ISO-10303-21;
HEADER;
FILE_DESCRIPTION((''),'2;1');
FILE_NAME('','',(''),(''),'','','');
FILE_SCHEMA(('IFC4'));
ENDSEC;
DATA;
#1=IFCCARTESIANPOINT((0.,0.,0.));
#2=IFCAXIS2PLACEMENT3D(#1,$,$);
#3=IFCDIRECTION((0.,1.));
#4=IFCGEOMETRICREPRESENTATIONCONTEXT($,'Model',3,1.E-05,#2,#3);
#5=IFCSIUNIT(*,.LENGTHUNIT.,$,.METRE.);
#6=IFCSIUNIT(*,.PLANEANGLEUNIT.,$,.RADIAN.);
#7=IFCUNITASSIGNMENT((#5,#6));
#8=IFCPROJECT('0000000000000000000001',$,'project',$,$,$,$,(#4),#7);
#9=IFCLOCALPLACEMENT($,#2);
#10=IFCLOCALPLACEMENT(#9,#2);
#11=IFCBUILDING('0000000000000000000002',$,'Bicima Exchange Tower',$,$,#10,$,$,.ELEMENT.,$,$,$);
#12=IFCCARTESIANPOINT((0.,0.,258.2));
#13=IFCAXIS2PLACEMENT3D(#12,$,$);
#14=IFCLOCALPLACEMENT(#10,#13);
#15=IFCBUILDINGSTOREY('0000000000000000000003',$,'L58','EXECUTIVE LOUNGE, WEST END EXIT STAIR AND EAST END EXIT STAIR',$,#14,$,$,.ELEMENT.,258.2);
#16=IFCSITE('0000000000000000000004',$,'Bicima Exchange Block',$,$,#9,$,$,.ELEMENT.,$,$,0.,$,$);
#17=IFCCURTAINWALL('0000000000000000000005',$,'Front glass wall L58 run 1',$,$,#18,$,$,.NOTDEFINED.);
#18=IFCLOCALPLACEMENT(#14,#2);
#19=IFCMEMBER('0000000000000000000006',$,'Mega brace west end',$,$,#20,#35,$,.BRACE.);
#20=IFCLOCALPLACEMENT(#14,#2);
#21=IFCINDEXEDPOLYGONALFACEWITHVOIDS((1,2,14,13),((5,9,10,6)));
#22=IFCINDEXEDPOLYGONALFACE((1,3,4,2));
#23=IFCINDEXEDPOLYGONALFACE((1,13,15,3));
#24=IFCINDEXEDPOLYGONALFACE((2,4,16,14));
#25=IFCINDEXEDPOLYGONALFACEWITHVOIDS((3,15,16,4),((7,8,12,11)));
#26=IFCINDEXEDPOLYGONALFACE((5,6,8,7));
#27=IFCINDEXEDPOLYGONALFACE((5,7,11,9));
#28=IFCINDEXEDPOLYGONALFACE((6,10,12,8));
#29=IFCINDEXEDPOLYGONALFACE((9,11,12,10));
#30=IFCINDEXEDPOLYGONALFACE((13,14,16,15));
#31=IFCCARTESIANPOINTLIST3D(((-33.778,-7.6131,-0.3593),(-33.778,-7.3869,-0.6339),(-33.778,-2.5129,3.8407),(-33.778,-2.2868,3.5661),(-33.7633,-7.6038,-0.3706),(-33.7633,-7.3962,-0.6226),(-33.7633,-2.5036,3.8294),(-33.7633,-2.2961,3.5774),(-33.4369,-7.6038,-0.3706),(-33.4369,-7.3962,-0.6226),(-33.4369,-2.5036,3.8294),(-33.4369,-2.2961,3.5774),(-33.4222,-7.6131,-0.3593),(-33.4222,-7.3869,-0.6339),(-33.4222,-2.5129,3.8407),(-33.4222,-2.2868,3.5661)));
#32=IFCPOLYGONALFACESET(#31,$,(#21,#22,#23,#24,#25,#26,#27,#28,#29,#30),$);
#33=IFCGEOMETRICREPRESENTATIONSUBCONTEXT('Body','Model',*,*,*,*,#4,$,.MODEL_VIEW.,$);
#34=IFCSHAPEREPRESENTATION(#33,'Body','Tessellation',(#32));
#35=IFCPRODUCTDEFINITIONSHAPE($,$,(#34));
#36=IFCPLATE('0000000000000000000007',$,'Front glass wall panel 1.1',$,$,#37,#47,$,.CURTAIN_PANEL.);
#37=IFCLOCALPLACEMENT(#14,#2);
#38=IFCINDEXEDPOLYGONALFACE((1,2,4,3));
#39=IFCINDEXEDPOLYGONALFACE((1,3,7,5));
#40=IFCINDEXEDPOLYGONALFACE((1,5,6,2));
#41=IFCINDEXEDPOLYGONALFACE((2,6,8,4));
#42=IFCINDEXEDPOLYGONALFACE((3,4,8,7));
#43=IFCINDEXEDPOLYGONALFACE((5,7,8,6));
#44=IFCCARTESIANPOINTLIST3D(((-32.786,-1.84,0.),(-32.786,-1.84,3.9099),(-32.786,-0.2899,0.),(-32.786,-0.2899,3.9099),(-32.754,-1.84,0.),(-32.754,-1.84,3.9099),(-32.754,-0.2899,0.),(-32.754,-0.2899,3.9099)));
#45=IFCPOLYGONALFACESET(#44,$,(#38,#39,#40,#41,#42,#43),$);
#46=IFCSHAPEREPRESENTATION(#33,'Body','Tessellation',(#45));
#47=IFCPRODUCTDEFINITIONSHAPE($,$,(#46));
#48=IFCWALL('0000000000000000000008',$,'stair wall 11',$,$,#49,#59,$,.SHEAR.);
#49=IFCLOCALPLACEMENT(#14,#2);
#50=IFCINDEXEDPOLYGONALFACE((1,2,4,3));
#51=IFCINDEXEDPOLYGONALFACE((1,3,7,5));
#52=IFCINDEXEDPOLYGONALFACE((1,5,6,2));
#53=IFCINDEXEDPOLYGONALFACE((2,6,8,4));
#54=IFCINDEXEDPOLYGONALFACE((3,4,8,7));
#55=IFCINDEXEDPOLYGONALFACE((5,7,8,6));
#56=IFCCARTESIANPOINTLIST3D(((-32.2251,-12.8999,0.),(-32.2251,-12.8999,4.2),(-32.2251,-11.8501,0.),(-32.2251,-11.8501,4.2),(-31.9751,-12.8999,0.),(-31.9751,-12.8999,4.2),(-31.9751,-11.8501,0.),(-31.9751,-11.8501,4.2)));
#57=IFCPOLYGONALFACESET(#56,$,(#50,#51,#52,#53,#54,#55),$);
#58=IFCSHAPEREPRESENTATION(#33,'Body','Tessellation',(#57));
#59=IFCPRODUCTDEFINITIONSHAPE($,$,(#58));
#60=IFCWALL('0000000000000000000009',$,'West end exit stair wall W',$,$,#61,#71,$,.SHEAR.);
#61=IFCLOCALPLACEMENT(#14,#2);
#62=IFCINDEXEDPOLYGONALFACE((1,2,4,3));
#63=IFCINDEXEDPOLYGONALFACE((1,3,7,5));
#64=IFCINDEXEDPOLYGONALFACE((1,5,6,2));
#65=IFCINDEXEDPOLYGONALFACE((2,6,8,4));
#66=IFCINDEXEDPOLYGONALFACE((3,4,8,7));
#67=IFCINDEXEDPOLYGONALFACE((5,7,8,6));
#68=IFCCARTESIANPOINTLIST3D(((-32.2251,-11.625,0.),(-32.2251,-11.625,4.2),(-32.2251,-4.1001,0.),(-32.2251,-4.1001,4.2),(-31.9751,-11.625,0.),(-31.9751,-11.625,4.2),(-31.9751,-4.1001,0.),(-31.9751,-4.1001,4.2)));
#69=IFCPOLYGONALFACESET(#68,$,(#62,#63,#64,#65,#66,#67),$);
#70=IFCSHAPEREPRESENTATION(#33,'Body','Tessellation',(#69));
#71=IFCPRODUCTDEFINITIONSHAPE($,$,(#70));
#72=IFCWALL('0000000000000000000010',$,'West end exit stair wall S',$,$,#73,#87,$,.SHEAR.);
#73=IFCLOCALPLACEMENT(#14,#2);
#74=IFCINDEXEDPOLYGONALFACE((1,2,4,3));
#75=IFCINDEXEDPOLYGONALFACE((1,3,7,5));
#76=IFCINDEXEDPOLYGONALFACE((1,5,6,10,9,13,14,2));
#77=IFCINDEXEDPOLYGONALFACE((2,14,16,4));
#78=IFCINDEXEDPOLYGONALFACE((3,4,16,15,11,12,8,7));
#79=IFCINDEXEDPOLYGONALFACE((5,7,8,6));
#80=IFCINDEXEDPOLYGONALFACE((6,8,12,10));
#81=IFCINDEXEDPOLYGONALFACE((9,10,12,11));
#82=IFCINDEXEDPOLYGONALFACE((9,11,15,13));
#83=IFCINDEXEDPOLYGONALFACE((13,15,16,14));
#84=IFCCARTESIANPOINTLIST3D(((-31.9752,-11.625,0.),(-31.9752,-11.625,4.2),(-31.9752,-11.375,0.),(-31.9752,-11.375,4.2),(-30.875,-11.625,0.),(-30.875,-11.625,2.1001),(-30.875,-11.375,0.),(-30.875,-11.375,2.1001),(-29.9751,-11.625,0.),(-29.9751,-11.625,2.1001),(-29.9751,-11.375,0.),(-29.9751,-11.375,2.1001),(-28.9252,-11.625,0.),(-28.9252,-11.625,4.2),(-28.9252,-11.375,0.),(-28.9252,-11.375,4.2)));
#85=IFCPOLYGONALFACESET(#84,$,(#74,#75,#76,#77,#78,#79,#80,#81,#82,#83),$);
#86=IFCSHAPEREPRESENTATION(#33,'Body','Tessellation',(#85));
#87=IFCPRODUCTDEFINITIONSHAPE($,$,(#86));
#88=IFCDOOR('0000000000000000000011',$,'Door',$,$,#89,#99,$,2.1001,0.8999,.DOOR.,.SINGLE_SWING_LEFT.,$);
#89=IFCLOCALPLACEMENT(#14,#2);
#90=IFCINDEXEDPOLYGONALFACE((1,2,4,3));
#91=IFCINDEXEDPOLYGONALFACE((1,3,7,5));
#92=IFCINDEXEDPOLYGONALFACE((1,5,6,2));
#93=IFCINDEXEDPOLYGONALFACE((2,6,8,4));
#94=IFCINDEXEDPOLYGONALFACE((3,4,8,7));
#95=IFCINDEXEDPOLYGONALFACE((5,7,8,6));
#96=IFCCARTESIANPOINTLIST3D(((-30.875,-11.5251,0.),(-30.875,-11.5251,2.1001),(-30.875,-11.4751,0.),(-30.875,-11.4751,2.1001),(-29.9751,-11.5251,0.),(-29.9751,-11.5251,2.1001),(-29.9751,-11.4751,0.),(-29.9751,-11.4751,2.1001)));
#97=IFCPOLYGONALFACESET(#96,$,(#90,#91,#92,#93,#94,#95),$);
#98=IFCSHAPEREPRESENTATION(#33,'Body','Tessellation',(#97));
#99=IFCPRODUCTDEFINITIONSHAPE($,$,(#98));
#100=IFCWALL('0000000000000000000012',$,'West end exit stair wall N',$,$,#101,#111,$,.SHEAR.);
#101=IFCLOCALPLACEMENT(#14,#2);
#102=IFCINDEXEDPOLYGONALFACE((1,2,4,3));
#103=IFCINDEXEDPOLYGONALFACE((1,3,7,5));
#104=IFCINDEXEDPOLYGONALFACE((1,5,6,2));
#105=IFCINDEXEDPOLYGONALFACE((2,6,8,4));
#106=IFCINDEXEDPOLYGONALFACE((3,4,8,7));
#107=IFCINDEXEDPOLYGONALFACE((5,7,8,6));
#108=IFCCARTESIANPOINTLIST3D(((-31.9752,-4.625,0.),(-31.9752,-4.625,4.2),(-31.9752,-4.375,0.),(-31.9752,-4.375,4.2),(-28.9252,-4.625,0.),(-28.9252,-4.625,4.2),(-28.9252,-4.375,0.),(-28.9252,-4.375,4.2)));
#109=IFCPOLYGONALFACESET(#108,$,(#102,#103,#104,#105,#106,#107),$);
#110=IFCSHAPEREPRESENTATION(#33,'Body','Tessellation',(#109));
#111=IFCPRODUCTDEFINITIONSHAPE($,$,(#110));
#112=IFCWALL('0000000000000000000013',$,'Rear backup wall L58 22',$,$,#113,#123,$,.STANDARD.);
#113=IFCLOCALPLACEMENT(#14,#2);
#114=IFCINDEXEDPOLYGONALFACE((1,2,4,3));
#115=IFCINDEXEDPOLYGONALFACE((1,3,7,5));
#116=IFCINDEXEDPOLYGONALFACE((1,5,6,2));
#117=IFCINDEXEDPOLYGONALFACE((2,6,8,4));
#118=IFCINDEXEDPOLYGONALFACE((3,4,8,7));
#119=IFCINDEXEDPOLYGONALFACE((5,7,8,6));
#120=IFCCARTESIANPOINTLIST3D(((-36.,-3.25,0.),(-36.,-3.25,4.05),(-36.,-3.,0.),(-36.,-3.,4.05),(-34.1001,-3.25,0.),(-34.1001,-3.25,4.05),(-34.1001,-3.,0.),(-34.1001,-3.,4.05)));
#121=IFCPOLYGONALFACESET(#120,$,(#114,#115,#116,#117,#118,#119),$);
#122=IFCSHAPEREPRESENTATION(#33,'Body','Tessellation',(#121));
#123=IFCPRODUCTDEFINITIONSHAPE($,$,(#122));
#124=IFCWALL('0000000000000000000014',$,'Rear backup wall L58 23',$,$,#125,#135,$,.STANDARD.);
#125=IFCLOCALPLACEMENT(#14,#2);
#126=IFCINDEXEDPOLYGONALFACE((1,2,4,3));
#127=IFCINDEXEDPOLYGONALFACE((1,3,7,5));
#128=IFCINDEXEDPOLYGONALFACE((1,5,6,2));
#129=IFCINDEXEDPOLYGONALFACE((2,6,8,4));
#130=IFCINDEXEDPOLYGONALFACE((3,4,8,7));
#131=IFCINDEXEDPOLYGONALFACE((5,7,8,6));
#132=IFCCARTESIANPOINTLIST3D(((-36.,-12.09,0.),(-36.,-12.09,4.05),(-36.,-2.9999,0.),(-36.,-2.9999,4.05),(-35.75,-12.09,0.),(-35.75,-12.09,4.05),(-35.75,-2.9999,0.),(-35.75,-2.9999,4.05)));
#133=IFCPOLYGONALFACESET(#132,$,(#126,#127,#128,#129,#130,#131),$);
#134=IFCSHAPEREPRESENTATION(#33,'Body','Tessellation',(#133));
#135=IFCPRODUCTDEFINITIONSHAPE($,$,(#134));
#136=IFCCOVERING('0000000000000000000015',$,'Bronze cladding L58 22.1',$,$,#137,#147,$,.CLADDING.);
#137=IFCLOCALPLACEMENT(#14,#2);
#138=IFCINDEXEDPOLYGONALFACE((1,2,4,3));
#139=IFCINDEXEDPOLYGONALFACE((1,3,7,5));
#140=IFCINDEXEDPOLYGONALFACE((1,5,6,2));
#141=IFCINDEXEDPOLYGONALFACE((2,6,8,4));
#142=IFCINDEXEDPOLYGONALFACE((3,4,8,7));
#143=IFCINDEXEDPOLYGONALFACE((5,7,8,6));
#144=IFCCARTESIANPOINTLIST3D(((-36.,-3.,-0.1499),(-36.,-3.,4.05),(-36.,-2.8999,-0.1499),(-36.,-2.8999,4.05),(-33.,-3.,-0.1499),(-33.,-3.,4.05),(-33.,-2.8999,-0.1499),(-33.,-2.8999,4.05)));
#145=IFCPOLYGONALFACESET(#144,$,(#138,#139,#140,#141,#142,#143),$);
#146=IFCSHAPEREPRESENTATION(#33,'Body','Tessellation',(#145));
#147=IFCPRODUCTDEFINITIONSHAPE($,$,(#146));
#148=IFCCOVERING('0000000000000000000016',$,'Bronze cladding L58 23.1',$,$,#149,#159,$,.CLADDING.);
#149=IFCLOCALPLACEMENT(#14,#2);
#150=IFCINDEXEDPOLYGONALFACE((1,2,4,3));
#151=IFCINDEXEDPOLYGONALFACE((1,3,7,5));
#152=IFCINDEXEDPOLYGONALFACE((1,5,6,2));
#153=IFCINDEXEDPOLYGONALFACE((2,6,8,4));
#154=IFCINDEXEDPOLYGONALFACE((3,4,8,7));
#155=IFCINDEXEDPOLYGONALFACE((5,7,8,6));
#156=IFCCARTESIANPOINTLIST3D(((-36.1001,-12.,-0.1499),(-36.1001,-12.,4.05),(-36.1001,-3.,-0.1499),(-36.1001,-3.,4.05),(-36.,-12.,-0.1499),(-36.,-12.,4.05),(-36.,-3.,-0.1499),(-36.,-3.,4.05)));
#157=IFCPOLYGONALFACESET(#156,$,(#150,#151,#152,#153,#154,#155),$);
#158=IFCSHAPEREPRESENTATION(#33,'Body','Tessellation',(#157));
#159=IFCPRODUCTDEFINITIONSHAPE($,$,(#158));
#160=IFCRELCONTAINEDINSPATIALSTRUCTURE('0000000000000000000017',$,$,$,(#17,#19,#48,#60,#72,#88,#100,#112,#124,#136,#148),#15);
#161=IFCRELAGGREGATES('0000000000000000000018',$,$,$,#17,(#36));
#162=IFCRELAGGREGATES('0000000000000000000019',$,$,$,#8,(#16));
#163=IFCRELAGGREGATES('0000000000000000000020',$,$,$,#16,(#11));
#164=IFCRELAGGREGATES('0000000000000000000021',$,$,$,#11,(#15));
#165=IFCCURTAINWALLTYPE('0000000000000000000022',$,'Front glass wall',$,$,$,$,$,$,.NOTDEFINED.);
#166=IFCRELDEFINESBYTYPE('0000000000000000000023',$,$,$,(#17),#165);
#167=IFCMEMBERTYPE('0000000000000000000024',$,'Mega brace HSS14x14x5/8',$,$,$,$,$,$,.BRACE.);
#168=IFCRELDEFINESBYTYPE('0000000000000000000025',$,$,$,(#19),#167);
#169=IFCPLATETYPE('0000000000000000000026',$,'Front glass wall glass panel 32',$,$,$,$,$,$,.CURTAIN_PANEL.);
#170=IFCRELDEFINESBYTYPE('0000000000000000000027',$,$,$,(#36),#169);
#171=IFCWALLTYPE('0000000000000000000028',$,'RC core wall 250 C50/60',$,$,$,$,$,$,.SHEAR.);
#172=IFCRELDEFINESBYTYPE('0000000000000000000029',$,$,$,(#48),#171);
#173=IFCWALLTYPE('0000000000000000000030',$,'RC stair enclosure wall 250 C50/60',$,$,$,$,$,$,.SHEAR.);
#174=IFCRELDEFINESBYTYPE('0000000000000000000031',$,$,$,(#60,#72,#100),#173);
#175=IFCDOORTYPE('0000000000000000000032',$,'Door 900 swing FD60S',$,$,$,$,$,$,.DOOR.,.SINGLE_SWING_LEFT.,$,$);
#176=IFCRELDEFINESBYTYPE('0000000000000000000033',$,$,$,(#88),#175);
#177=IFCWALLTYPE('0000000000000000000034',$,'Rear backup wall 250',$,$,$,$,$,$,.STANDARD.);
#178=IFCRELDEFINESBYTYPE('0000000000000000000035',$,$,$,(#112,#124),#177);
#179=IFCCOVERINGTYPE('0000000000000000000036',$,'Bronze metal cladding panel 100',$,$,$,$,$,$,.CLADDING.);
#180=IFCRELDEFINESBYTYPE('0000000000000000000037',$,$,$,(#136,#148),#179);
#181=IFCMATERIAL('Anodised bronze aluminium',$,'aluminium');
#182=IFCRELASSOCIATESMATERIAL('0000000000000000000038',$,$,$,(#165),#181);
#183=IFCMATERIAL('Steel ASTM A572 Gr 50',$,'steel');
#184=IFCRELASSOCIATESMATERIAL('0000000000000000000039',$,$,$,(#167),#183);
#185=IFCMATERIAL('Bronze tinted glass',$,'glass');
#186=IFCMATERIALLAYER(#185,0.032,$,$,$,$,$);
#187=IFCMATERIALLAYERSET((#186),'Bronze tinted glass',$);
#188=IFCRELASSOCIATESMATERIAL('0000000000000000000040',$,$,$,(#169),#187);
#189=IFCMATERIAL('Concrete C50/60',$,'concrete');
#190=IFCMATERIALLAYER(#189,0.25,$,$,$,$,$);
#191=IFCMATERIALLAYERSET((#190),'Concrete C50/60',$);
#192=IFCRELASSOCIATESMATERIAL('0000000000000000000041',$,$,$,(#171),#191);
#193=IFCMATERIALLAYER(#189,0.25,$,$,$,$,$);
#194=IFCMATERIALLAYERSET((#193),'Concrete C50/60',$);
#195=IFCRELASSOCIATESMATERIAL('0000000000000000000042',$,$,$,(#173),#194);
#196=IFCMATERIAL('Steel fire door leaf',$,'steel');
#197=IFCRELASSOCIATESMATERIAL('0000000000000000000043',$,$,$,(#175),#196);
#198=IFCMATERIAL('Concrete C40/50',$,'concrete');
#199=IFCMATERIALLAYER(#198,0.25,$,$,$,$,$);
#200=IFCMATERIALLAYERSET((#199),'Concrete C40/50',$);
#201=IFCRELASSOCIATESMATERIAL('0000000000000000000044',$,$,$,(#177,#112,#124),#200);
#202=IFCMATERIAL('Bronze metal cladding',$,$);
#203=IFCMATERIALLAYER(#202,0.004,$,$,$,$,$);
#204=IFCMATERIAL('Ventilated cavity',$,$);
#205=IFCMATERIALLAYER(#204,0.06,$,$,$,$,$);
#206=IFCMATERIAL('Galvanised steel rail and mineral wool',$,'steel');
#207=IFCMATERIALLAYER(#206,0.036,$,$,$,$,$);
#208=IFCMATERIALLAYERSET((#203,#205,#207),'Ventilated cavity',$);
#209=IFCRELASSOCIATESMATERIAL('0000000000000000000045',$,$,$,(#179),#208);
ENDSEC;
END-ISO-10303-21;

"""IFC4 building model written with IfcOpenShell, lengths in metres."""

from ifc_helpers import new_model, si_unit, direction, frame, frame_2d, origin, origin_2d, place, context, subcontext, project, spatial, rectangle, hollow_rectangle, extrude, material, layer, layer_set, layer_usage, material_profile, profile_set, type_object, element, fill, aggregate, save


model = new_model("IFC4")

# Units and contexts
model_context = context("Model", 3, precision=1e-05, world=origin(), true_north=direction((0.0, 1.0)))
body_context = subcontext(model_context, "Body", "Model", "MODEL_VIEW")
ifc_project = project(units=[si_unit("LENGTHUNIT", "METRE"), si_unit("PLANEANGLEUNIT", "RADIAN")], contexts=[model_context])

# Site, building, storey
site_placement = place(None, origin())
site = spatial("IfcSite", under=ifc_project, at=site_placement, Name="Bicima Exchange Block", CompositionType="ELEMENT", RefElevation=0.0)
building_placement = place(site_placement, origin())
building = spatial("IfcBuilding", under=site, at=building_placement, Name="Bicima Exchange Tower", CompositionType="ELEMENT")
storey_placement = place(building_placement, frame((0.0, 0.0, 258.2)))
storey = spatial("IfcBuildingStorey", under=building, at=storey_placement, Name="L58", Description="EXECUTIVE LOUNGE, WEST END EXIT STAIR AND EAST END EXIT STAIR", CompositionType="ELEMENT", Elevation=258.2)

# Shared definitions
ifc_material_1 = material(Name="Steel ASTM A572 Gr 50", Category="steel")

# Shared definitions
ifc_material_2 = material(Name="Anodised bronze aluminium", Category="aluminium")

# Curtain wall
curtain_wall_type_1 = type_object("IfcCurtainWallType", Name="Front glass wall", PredefinedType="NOTDEFINED", material=ifc_material_2)
curtain_wall_1_placement = place(storey_placement, origin())
curtain_wall_1 = element("IfcCurtainWall", 1, at=curtain_wall_1_placement, inside=storey, type_object=curtain_wall_type_1, Name="Front glass wall L58 run 1", PredefinedType="NOTDEFINED")

# Member
ifc_material_profile_1 = material_profile(ifc_material_1, hollow_rectangle(XDim=0.3557, YDim=0.3557, WallThickness=0.0146, at=origin_2d()))
ifc_profile_set_1 = profile_set([ifc_material_profile_1], Name="Steel ASTM A572 Gr 50")
member_type_1 = type_object("IfcMemberType", Name="Mega brace HSS14x14x5/8", PredefinedType="BRACE", material=ifc_profile_set_1)
for number, where, z_axis, x_axis, name in (
    (2, (-33.6001, -7.5, -0.4966), (0.0, 0.77194, 0.635696), (-1.0, 0.0, 0.0), "Mega brace west end"),
):
    element("IfcMember", number, at=place(storey_placement, frame(where, z_axis=z_axis, x_axis=x_axis)), inside=storey, type_object=member_type_1, Name=name, PredefinedType="BRACE", context=body_context, shape_type="SweptSolid", body=[
        extrude(hollow_rectangle(XDim=0.3557, YDim=0.3557, WallThickness=0.0146, at=origin_2d()), origin(), (0.0, 0.0, 1.0), 6.6069),
    ])

# Plate
ifc_material_3 = material(Name="Bronze tinted glass", Category="glass")
ifc_layer_1 = layer(ifc_material_3, 0.032)
ifc_layer_set_1 = layer_set([ifc_layer_1], Name="Bronze tinted glass")
plate_type = type_object("IfcPlateType", Name="Front glass wall glass panel 32", PredefinedType="CURTAIN_PANEL", material=ifc_layer_set_1)
plate_placement = place(storey_placement, frame((-32.77, -1.0649, 0.0), z_axis=(0.0, 0.0, 1.0), x_axis=(0.0, -1.0, 0.0)))
plate = element("IfcPlate", 3, at=plate_placement, type_object=plate_type, Name="Front glass wall panel 1.1", PredefinedType="CURTAIN_PANEL", context=body_context, shape_type="SweptSolid", body=[
    extrude(rectangle(XDim=1.55, YDim=0.032, at=origin_2d()), origin(), (0.0, 0.0, 1.0), 3.9099),
])
aggregate(curtain_wall_1, [plate])

# Walls
ifc_material_4 = material(Name="Concrete C50/60", Category="concrete")
ifc_layer_2 = layer(ifc_material_4, 0.25)
ifc_layer_set_2 = layer_set([ifc_layer_2], Name="Concrete C50/60")
wall_type_1 = type_object("IfcWallType", Name="RC core wall 250 C50/60", PredefinedType="SHEAR", material=ifc_layer_set_2)
wall_1_placement = place(storey_placement, frame((-32.1001, -12.8999, 0.0), z_axis=(0.0, 0.0, 1.0), x_axis=(0.0, 1.0, 0.0)))
element("IfcWall", 4, at=wall_1_placement, inside=storey, type_object=wall_type_1, Name="stair wall 11", PredefinedType="SHEAR", context=body_context, shape_type="SweptSolid", body=[
    extrude(rectangle(XDim=1.0498, YDim=0.25, at=frame_2d((0.5249, 0.0))), origin(), (0.0, 0.0, 1.0), 4.2),
])
ifc_layer_3 = layer(ifc_material_4, 0.25)
ifc_layer_set_3 = layer_set([ifc_layer_3], Name="Concrete C50/60")
wall_type_2 = type_object("IfcWallType", Name="RC stair enclosure wall 250 C50/60", PredefinedType="SHEAR", material=ifc_layer_set_3)
wall_2_placement = place(storey_placement, frame((-32.1001, -11.625, 0.0), z_axis=(0.0, 0.0, 1.0), x_axis=(0.0, 1.0, 0.0)))
element("IfcWall", 5, at=wall_2_placement, inside=storey, type_object=wall_type_2, Name="West end exit stair wall W", PredefinedType="SHEAR", context=body_context, shape_type="SweptSolid", body=[
    extrude(rectangle(XDim=7.5249, YDim=0.25, at=frame_2d((3.7625, 0.0))), origin(), (0.0, 0.0, 1.0), 4.2),
])

# Wall, opening, door
wall_3_placement = place(storey_placement, frame((-31.9751, -11.5, 0.0), z_axis=(0.0, 0.0, 1.0), x_axis=(1.0, 0.0, 0.0)))
wall_3 = element("IfcWall", 6, at=wall_3_placement, inside=storey, type_object=wall_type_2, Name="West end exit stair wall S", PredefinedType="SHEAR", context=body_context, shape_type="SweptSolid", body=[
    extrude(rectangle(XDim=3.05, YDim=0.25, at=frame_2d((1.5249, 0.0))), origin(), (0.0, 0.0, 1.0), 4.2),
])
opening_placement = place(wall_3_placement, frame((1.1001, 0.0, 0.0)))
opening = element("IfcOpeningElement", 7, at=opening_placement, cuts=wall_3, PredefinedType="OPENING", context=body_context, shape_type="SweptSolid", body=[
    extrude(rectangle(XDim=0.8999, YDim=2.1001, at=frame_2d((0.45, 1.05))), frame((0.0, 0.137, 0.0), z_axis=(0.0, -1.0, 0.0), x_axis=(1.0, 0.0, 0.0)), (0.0, 0.0, 1.0), 0.2739),
])
ifc_material_5 = material(Name="Steel fire door leaf", Category="steel")
door_type = type_object("IfcDoorType", Name="Door 900 swing FD60S", OperationType="SINGLE_SWING_LEFT", PredefinedType="DOOR", material=ifc_material_5)
door_placement = place(opening_placement, origin())
door = element("IfcDoor", 8, at=door_placement, inside=storey, type_object=door_type, Name="Door", OperationType="SINGLE_SWING_LEFT", OverallHeight=2.1001, OverallWidth=0.8999, PredefinedType="DOOR", context=body_context, shape_type="SweptSolid", body=[
    extrude(rectangle(XDim=0.8999, YDim=2.1001, at=frame_2d((0.45, 1.05))), frame((0.0, 0.0249, 0.0), z_axis=(0.0, -1.0, 0.0), x_axis=(1.0, 0.0, 0.0)), (0.0, 0.0, 1.0), 0.05),
])
fill(opening, door)

# Walls
wall_4_placement = place(storey_placement, frame((-31.9751, -4.5, 0.0), z_axis=(0.0, 0.0, 1.0), x_axis=(1.0, 0.0, 0.0)))
element("IfcWall", 9, at=wall_4_placement, inside=storey, type_object=wall_type_2, Name="West end exit stair wall N", PredefinedType="SHEAR", context=body_context, shape_type="SweptSolid", body=[
    extrude(rectangle(XDim=3.05, YDim=0.25, at=frame_2d((1.5249, 0.0))), origin(), (0.0, 0.0, 1.0), 4.2),
])
ifc_material_6 = material(Name="Concrete C40/50", Category="concrete")
ifc_layer_4 = layer(ifc_material_6, 0.25)
ifc_layer_set_4 = layer_set([ifc_layer_4], Name="Concrete C40/50")
ifc_layer_usage = layer_usage(ifc_layer_set_4, "AXIS2", "POSITIVE", -0.125)
wall_type_3 = type_object("IfcWallType", Name="Rear backup wall 250", PredefinedType="STANDARD", material=ifc_layer_set_4)
wall_5_placement = place(storey_placement, frame((-34.1001, -3.125, 0.0), z_axis=(0.0, 0.0, 1.0), x_axis=(-1.0, 0.0, 0.0)))
element("IfcWall", 10, at=wall_5_placement, inside=storey, type_object=wall_type_3, material=ifc_layer_usage, Name="Rear backup wall L58 22", PredefinedType="STANDARD", context=body_context, shape_type="SweptSolid", body=[
    extrude(rectangle(XDim=1.8999, YDim=0.25, at=frame_2d((0.95, 0.0))), origin(), (0.0, 0.0, 1.0), 4.05),
])
wall_6_placement = place(storey_placement, frame((-35.875, -3.0, 0.0), z_axis=(0.0, 0.0, 1.0), x_axis=(0.0, -1.0, 0.0)))
element("IfcWall", 11, at=wall_6_placement, inside=storey, type_object=wall_type_3, material=ifc_layer_usage, Name="Rear backup wall L58 23", PredefinedType="STANDARD", context=body_context, shape_type="SweptSolid", body=[
    extrude(rectangle(XDim=9.0901, YDim=0.25, at=frame_2d((4.5449, 0.0))), origin(), (0.0, 0.0, 1.0), 4.05),
])

# Coverings
ifc_material_7 = material(Name="Bronze metal cladding")
ifc_layer_5 = layer(ifc_material_7, 0.004)
ifc_material_8 = material(Name="Ventilated cavity")
ifc_layer_6 = layer(ifc_material_8, 0.06)
ifc_material_9 = material(Name="Galvanised steel rail and mineral wool", Category="steel")
ifc_layer_7 = layer(ifc_material_9, 0.036)
ifc_layer_set_5 = layer_set([ifc_layer_5, ifc_layer_6, ifc_layer_7], Name="Ventilated cavity")
covering_type = type_object("IfcCoveringType", Name="Bronze metal cladding panel 100", PredefinedType="CLADDING", material=ifc_layer_set_5)
covering_1_placement = place(storey_placement, frame((-34.5, -2.95, -0.1499), z_axis=(0.0, 0.0, 1.0), x_axis=(-1.0, 0.0, 0.0)))
element("IfcCovering", 12, at=covering_1_placement, inside=storey, type_object=covering_type, Name="Bronze cladding L58 22.1", PredefinedType="CLADDING", context=body_context, shape_type="SweptSolid", body=[
    extrude(rectangle(XDim=3.0, YDim=0.1001, at=origin_2d()), origin(), (0.0, 0.0, 1.0), 4.2),
])
covering_2_placement = place(storey_placement, frame((-36.05, -7.5, -0.1499), z_axis=(0.0, 0.0, 1.0), x_axis=(0.0, -1.0, 0.0)))
element("IfcCovering", 13, at=covering_2_placement, inside=storey, type_object=covering_type, Name="Bronze cladding L58 23.1", PredefinedType="CLADDING", context=body_context, shape_type="SweptSolid", body=[
    extrude(rectangle(XDim=9.0, YDim=0.1001, at=origin_2d()), origin(), (0.0, 0.0, 1.0), 4.2),
])

save(model, "model.ifc")
